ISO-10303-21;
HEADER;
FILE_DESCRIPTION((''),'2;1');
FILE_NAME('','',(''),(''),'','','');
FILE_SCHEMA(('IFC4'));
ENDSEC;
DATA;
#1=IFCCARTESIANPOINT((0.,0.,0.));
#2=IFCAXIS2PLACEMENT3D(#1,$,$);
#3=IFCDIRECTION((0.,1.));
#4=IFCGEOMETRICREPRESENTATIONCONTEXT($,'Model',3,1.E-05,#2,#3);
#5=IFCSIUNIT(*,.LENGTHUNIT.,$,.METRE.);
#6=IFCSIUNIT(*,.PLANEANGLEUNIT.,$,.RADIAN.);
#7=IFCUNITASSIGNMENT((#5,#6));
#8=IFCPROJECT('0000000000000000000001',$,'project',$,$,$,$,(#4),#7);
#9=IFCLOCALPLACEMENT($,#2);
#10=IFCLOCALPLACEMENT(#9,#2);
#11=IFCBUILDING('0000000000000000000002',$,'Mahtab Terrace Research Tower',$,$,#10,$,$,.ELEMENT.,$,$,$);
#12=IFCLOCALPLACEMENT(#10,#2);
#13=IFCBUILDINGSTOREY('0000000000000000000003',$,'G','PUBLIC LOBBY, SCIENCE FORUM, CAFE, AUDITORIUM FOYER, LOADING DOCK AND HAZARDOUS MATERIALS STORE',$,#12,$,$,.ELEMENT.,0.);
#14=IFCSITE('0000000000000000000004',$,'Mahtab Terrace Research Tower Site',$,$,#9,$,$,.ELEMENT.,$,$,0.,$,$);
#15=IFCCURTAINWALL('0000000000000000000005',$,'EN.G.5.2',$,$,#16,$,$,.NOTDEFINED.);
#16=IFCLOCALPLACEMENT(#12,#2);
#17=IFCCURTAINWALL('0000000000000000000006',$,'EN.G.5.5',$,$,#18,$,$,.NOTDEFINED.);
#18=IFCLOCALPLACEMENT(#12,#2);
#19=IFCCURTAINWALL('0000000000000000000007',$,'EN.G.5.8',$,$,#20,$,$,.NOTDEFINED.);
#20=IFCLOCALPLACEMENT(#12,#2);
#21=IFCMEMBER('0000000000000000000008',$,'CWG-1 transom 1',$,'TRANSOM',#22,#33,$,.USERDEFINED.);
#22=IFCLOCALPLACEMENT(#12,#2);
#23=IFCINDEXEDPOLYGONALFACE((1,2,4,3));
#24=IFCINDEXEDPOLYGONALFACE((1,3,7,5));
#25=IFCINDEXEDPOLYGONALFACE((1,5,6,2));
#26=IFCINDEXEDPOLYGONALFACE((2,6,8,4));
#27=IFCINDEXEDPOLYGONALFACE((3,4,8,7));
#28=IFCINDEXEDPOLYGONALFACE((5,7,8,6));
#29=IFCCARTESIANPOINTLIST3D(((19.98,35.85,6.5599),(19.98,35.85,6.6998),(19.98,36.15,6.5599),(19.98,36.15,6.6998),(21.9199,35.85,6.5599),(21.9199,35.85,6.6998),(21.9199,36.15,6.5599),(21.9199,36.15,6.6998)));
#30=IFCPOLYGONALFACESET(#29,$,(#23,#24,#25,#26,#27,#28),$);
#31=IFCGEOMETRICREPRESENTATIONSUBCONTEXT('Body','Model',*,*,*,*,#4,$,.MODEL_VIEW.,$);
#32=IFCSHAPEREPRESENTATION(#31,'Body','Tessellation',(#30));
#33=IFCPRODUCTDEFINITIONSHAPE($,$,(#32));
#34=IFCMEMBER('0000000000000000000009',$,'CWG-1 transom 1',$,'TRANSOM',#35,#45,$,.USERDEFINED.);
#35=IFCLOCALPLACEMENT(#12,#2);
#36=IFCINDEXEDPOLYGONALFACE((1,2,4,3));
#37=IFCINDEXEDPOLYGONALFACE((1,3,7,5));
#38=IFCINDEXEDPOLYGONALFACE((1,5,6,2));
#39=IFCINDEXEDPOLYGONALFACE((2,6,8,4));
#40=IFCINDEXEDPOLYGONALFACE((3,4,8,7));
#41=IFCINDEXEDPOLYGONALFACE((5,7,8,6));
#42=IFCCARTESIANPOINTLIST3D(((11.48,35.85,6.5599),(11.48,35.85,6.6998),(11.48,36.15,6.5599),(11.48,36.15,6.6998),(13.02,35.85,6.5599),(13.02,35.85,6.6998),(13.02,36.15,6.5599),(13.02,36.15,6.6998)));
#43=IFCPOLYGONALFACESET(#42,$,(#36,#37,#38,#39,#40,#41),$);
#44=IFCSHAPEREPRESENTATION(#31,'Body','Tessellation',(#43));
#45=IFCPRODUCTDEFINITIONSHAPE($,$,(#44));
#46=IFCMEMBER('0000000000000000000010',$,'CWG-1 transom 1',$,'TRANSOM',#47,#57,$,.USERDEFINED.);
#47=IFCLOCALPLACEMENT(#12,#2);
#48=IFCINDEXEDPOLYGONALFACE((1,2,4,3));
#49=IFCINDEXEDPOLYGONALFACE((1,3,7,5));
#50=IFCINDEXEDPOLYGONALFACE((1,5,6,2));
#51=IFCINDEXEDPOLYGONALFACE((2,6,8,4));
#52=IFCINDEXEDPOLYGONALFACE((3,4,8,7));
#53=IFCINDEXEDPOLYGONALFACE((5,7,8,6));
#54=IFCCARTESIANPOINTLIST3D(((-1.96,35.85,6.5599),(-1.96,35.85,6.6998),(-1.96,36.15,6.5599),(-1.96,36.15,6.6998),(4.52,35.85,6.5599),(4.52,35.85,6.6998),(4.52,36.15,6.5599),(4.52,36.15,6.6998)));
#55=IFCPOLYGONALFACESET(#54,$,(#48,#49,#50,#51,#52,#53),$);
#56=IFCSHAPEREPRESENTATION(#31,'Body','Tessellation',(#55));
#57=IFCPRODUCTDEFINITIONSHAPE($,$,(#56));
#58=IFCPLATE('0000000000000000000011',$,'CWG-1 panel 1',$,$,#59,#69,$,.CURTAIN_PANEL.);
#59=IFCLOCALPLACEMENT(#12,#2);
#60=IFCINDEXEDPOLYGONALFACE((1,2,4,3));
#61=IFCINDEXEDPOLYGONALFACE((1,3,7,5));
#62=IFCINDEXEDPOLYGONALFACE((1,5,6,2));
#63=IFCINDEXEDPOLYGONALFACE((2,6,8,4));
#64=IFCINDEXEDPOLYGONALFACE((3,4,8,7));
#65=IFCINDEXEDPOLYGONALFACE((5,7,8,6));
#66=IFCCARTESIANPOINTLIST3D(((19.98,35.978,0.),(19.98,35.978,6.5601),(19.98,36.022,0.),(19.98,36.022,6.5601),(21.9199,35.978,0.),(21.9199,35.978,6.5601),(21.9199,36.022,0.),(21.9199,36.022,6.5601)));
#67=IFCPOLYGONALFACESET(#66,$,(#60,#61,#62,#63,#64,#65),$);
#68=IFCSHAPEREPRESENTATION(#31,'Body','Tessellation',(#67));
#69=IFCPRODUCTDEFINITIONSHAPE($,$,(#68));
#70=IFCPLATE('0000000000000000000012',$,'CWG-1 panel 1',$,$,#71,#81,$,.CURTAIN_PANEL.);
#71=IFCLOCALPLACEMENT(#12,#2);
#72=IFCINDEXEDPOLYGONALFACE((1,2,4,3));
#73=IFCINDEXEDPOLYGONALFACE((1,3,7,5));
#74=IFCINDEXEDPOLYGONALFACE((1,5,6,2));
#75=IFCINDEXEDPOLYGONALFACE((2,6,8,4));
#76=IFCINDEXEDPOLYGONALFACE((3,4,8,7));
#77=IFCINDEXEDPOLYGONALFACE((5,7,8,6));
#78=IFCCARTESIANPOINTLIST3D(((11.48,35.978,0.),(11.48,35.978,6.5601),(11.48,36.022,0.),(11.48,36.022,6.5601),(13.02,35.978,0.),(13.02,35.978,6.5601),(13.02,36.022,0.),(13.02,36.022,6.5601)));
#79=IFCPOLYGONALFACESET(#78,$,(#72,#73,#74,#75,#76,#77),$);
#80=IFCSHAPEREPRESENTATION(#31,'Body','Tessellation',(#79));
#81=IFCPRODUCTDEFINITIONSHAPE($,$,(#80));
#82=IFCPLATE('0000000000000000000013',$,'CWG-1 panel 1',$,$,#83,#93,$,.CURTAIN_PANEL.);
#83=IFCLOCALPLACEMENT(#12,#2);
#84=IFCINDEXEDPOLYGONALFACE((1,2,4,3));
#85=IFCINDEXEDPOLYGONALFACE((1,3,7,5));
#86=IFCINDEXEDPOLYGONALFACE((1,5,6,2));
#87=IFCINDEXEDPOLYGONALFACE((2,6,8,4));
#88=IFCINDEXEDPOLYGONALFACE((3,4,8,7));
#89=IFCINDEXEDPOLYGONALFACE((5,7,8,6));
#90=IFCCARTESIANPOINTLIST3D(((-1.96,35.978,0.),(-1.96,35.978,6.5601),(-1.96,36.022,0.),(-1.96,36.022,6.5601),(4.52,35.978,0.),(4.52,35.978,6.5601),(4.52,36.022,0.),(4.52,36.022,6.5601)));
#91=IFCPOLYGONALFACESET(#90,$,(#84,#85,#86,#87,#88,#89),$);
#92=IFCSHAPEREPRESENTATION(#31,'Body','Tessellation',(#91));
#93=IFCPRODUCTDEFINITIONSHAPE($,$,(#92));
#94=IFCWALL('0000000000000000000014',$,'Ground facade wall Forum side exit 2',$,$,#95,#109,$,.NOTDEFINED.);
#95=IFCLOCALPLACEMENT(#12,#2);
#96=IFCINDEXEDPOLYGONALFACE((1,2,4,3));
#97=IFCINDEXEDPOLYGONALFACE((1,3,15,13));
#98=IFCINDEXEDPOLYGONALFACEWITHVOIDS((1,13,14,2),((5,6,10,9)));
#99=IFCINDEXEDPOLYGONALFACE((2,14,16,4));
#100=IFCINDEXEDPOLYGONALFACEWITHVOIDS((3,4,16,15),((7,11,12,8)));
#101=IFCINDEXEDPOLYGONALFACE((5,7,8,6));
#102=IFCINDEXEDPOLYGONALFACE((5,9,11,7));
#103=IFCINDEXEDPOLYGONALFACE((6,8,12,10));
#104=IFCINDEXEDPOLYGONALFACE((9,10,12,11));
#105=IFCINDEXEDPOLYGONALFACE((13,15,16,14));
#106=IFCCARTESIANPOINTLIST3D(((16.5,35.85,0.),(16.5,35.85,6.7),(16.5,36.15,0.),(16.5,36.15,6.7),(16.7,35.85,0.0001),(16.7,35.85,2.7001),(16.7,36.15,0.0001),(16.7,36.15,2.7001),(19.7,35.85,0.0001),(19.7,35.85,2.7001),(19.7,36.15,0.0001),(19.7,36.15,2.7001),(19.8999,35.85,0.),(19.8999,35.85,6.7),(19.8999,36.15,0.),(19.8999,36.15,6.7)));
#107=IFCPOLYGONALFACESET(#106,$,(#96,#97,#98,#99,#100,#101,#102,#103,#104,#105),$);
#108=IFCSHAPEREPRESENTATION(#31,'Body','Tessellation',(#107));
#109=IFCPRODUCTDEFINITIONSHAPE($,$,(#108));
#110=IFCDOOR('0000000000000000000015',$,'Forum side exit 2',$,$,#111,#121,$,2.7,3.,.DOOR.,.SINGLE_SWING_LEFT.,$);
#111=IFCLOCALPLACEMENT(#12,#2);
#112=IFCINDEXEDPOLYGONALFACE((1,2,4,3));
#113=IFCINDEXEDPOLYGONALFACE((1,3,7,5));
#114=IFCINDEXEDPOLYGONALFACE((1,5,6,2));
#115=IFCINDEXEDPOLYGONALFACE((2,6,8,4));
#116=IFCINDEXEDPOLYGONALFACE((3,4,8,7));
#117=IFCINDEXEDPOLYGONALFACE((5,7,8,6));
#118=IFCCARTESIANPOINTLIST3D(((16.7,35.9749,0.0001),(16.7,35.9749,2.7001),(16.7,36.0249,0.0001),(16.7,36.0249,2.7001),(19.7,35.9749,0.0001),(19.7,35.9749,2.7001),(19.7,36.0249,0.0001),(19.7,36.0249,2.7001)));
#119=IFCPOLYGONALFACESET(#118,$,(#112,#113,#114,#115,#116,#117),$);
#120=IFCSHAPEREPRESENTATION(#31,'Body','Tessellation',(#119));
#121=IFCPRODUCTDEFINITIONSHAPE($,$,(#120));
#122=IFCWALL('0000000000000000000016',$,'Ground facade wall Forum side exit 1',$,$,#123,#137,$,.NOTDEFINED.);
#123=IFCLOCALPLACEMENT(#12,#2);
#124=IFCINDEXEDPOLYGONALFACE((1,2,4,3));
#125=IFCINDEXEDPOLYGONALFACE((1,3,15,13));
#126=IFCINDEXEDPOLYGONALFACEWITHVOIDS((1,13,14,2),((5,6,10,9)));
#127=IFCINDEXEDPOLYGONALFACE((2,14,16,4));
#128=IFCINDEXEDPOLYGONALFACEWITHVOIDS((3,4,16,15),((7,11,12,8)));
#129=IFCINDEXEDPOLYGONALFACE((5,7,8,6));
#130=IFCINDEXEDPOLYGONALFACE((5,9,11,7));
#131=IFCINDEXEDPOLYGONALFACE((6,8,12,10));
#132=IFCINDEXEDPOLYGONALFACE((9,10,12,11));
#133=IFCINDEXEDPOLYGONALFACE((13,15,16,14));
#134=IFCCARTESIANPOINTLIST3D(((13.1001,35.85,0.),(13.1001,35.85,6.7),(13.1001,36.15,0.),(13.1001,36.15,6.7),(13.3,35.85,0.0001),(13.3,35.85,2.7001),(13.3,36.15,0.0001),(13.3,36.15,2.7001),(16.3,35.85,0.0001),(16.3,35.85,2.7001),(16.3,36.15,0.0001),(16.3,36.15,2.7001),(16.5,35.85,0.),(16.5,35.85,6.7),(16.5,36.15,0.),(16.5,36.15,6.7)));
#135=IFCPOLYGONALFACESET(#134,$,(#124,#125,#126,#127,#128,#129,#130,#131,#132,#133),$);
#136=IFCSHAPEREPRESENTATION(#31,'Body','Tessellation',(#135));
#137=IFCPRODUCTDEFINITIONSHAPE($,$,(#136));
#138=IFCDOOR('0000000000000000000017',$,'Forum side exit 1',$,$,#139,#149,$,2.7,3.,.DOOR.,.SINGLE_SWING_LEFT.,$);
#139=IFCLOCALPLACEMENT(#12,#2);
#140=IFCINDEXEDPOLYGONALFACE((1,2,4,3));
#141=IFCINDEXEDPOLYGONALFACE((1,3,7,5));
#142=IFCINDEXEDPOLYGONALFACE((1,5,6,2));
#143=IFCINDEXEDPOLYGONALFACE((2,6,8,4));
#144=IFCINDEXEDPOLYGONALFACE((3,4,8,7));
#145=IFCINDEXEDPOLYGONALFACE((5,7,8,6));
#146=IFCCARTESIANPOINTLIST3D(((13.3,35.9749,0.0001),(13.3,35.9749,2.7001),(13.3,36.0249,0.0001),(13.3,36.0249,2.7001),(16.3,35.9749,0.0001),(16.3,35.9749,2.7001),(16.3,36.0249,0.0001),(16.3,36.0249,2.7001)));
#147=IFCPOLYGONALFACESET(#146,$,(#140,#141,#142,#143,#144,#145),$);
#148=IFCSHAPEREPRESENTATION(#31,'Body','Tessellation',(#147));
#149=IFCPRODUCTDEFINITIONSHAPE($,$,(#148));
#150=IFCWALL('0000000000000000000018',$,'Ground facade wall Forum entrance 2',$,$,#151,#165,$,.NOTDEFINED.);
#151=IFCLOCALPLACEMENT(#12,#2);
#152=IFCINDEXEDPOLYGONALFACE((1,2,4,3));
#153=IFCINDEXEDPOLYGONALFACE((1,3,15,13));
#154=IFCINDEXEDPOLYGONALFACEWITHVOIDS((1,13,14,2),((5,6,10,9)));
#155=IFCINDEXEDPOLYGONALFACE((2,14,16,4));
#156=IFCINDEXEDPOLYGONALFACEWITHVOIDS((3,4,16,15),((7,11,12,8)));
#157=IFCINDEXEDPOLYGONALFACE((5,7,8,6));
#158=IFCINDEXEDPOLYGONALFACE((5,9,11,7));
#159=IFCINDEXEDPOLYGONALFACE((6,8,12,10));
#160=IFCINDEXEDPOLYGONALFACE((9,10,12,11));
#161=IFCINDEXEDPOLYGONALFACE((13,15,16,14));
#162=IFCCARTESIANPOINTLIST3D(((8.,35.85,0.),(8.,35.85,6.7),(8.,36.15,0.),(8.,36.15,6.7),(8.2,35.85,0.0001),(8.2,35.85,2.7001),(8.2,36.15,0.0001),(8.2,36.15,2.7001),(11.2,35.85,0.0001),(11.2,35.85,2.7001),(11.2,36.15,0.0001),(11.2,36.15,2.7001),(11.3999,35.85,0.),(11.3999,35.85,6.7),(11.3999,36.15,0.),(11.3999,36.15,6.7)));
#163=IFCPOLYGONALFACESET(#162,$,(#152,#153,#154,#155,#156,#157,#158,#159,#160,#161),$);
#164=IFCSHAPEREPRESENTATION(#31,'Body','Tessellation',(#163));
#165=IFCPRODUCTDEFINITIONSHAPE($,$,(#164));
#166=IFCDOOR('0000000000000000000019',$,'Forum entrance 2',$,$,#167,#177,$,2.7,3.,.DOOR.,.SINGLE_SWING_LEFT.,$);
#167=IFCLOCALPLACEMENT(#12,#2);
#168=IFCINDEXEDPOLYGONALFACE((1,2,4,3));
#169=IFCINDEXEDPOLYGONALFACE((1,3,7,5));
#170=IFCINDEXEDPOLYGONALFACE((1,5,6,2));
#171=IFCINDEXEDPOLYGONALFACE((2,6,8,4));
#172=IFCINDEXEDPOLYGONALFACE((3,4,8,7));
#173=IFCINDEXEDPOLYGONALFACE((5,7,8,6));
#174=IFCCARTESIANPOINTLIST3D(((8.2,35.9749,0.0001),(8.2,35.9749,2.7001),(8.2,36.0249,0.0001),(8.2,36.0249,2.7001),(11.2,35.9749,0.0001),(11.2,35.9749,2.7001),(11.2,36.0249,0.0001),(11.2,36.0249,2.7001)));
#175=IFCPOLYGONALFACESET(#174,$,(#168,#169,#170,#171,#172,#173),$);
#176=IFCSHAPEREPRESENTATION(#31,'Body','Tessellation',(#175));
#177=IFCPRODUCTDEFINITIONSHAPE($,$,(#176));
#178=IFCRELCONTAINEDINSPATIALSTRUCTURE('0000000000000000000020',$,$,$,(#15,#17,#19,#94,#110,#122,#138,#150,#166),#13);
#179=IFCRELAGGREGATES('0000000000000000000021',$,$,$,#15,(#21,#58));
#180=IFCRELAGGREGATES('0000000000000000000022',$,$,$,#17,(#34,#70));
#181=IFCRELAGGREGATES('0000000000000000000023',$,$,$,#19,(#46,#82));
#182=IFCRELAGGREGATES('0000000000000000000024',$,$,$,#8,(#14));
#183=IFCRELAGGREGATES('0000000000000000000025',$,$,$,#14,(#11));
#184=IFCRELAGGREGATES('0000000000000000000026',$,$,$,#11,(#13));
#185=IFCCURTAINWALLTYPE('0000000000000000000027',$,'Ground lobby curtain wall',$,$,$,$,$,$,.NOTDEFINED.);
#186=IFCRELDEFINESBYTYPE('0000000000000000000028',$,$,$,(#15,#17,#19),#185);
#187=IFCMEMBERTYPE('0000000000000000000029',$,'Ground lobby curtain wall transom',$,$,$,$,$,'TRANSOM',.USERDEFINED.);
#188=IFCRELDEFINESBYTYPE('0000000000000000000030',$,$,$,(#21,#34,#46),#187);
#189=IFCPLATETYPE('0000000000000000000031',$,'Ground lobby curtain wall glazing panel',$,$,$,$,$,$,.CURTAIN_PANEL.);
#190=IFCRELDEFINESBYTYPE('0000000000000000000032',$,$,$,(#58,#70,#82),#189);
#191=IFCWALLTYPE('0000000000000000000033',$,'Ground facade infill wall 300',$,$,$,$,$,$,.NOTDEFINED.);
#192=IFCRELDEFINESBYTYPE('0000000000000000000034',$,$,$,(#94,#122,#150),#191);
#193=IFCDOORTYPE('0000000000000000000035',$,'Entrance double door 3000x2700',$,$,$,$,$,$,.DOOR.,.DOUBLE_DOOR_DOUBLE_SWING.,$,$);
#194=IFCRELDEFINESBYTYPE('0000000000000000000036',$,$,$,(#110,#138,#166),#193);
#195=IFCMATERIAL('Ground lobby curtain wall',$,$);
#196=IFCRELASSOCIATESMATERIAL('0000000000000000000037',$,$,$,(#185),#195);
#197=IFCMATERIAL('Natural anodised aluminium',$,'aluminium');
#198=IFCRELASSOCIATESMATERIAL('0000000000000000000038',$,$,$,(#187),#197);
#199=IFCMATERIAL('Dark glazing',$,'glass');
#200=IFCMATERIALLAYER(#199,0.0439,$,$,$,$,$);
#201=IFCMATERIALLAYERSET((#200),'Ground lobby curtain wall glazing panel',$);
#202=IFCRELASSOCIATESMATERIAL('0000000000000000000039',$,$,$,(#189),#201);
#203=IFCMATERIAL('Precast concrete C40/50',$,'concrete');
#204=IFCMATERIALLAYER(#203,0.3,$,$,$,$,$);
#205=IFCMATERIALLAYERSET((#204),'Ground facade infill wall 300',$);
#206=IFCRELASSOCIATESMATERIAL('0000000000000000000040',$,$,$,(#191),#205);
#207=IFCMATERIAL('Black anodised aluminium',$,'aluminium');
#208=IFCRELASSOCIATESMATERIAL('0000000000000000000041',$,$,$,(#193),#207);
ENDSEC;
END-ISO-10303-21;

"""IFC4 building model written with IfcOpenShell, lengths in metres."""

from ifc_helpers import new_model, si_unit, direction, frame, frame_2d, origin, origin_2d, place, context, subcontext, project, spatial, rectangle, extrude, material, layer, layer_set, material_profile, profile_set, type_object, element, fill, aggregate, save


model = new_model("IFC4")

# Units and contexts
model_context = context("Model", 3, precision=1e-05, world=origin(), true_north=direction((0.0, 1.0)))
body_context = subcontext(model_context, "Body", "Model", "MODEL_VIEW")
ifc_project = project(units=[si_unit("LENGTHUNIT", "METRE"), si_unit("PLANEANGLEUNIT", "RADIAN")], contexts=[model_context])

# Site, building, storey
site_placement = place(None, origin())
site = spatial("IfcSite", under=ifc_project, at=site_placement, Name="Mahtab Terrace Research Tower Site", CompositionType="ELEMENT", RefElevation=0.0)
building_placement = place(site_placement, origin())
building = spatial("IfcBuilding", under=site, at=building_placement, Name="Mahtab Terrace Research Tower", CompositionType="ELEMENT")
storey_placement = place(building_placement, origin())
storey = spatial("IfcBuildingStorey", under=building, at=storey_placement, Name="G", Description="PUBLIC LOBBY, SCIENCE FORUM, CAFE, AUDITORIUM FOYER, LOADING DOCK AND HAZARDOUS MATERIALS STORE", CompositionType="ELEMENT", Elevation=0.0)

# Curtain walls
ifc_material_1 = material(Name="Ground lobby curtain wall")
curtain_wall_type = type_object("IfcCurtainWallType", Name="Ground lobby curtain wall", PredefinedType="NOTDEFINED", material=ifc_material_1)
curtain_wall_1_placement = place(storey_placement, origin())
curtain_wall_1 = element("IfcCurtainWall", 1, at=curtain_wall_1_placement, inside=storey, type_object=curtain_wall_type, Name="EN.G.5.2", PredefinedType="NOTDEFINED")
ifc_material_2 = material(Name="Natural anodised aluminium", Category="aluminium")
curtain_wall_2_placement = place(storey_placement, origin())
curtain_wall_2 = element("IfcCurtainWall", 2, at=curtain_wall_2_placement, inside=storey, type_object=curtain_wall_type, Name="EN.G.5.5", PredefinedType="NOTDEFINED")

# Curtain wall
curtain_wall_3_placement = place(storey_placement, origin())
curtain_wall_3 = element("IfcCurtainWall", 3, at=curtain_wall_3_placement, inside=storey, type_object=curtain_wall_type, Name="EN.G.5.8", PredefinedType="NOTDEFINED")

# Members
ifc_material_profile_1 = material_profile(ifc_material_2, rectangle(XDim=0.3, YDim=0.1399, at=origin_2d()), Name="TRANSOM 140x300")
ifc_profile_set_1 = profile_set([ifc_material_profile_1], Name="Natural anodised aluminium")
member_type_1 = type_object("IfcMemberType", Name="Ground lobby curtain wall transom", ElementType="TRANSOM", PredefinedType="USERDEFINED", material=ifc_profile_set_1)
member_1_placement = place(storey_placement, frame((21.9199, 36.0, 6.6299), z_axis=(-1.0, 0.0, 0.0), x_axis=(0.0, -1.0, 0.0)))
member_1 = element("IfcMember", 4, at=member_1_placement, type_object=member_type_1, Name="CWG-1 transom 1", ObjectType="TRANSOM", PredefinedType="USERDEFINED", context=body_context, shape_type="SweptSolid", body=[
    extrude(rectangle(XDim=0.3, YDim=0.1399, at=origin_2d()), origin(), (0.0, 0.0, 1.0), 1.9399),
])
member_2_placement = place(storey_placement, frame((13.02, 36.0, 6.6299), z_axis=(-1.0, 0.0, 0.0), x_axis=(0.0, -1.0, 0.0)))
member_2 = element("IfcMember", 5, at=member_2_placement, type_object=member_type_1, Name="CWG-1 transom 1", ObjectType="TRANSOM", PredefinedType="USERDEFINED", context=body_context, shape_type="SweptSolid", body=[
    extrude(rectangle(XDim=0.3, YDim=0.1399, at=origin_2d()), origin(), (0.0, 0.0, 1.0), 1.54),
])
member_3_placement = place(storey_placement, frame((4.52, 36.0, 6.6299), z_axis=(-1.0, 0.0, 0.0), x_axis=(0.0, -1.0, 0.0)))
member_3 = element("IfcMember", 6, at=member_3_placement, type_object=member_type_1, Name="CWG-1 transom 1", ObjectType="TRANSOM", PredefinedType="USERDEFINED", context=body_context, shape_type="SweptSolid", body=[
    extrude(rectangle(XDim=0.3, YDim=0.1399, at=origin_2d()), origin(), (0.0, 0.0, 1.0), 6.48),
])

# Plates
ifc_material_3 = material(Name="Dark glazing", Category="glass")
ifc_layer_1 = layer(ifc_material_3, 0.0439)
ifc_layer_set_1 = layer_set([ifc_layer_1], Name="Ground lobby curtain wall glazing panel")
plate_type = type_object("IfcPlateType", Name="Ground lobby curtain wall glazing panel", PredefinedType="CURTAIN_PANEL", material=ifc_layer_set_1)
plate_1_placement = place(storey_placement, frame((20.95, 36.0, 0.0), z_axis=(0.0, 0.0, 1.0), x_axis=(-1.0, 0.0, 0.0)))
plate_1 = element("IfcPlate", 7, at=plate_1_placement, type_object=plate_type, Name="CWG-1 panel 1", PredefinedType="CURTAIN_PANEL", context=body_context, shape_type="SweptSolid", body=[
    extrude(rectangle(XDim=1.9399, YDim=0.0439, at=origin_2d()), origin(), (0.0, 0.0, 1.0), 6.5601),
])
aggregate(curtain_wall_1, [member_1, plate_1])
plate_2_placement = place(storey_placement, frame((12.25, 36.0, 0.0), z_axis=(0.0, 0.0, 1.0), x_axis=(-1.0, 0.0, 0.0)))
plate_2 = element("IfcPlate", 8, at=plate_2_placement, type_object=plate_type, Name="CWG-1 panel 1", PredefinedType="CURTAIN_PANEL", context=body_context, shape_type="SweptSolid", body=[
    extrude(rectangle(XDim=1.54, YDim=0.0439, at=origin_2d()), origin(), (0.0, 0.0, 1.0), 6.5601),
])
aggregate(curtain_wall_2, [member_2, plate_2])
plate_3_placement = place(storey_placement, frame((1.28, 36.0, 0.0), z_axis=(0.0, 0.0, 1.0), x_axis=(-1.0, 0.0, 0.0)))
plate_3 = element("IfcPlate", 9, at=plate_3_placement, type_object=plate_type, Name="CWG-1 panel 1", PredefinedType="CURTAIN_PANEL", context=body_context, shape_type="SweptSolid", body=[
    extrude(rectangle(XDim=6.48, YDim=0.0439, at=origin_2d()), origin(), (0.0, 0.0, 1.0), 6.5601),
])
aggregate(curtain_wall_3, [member_3, plate_3])

# Walls, openings, doors
ifc_material_4 = material(Name="Precast concrete C40/50", Category="concrete")
ifc_layer_2 = layer(ifc_material_4, 0.3)
ifc_layer_set_2 = layer_set([ifc_layer_2], Name="Ground facade infill wall 300")
wall_type = type_object("IfcWallType", Name="Ground facade infill wall 300", PredefinedType="NOTDEFINED", material=ifc_layer_set_2)
wall_1_placement = place(storey_placement, frame((16.5, 36.0, 0.0), z_axis=(0.0, 0.0, 1.0), x_axis=(1.0, 0.0, 0.0)))
wall_1 = element("IfcWall", 10, at=wall_1_placement, inside=storey, type_object=wall_type, Name="Ground facade wall Forum side exit 2", PredefinedType="NOTDEFINED", context=body_context, shape_type="SweptSolid", body=[
    extrude(rectangle(XDim=3.3999, YDim=0.3, at=frame_2d((1.7, 0.0))), origin(), (0.0, 0.0, 1.0), 6.7),
])
opening_1_placement = place(wall_1_placement, frame((0.2, 0.0, 0.0)))
opening_1 = element("IfcOpeningElement", 11, at=opening_1_placement, cuts=wall_1, PredefinedType="OPENING", context=body_context, shape_type="SweptSolid", body=[
    extrude(rectangle(XDim=3.0, YDim=2.7, at=frame_2d((1.5, 1.3501))), frame((0.0, 0.1599, 0.0), z_axis=(0.0, -1.0, 0.0), x_axis=(1.0, 0.0, 0.0)), (0.0, 0.0, 1.0), 0.3201),
])
ifc_material_5 = material(Name="Black anodised aluminium", Category="aluminium")
door_type = type_object("IfcDoorType", Name="Entrance double door 3000x2700", OperationType="DOUBLE_DOOR_DOUBLE_SWING", PredefinedType="DOOR", material=ifc_material_5)
door_1_placement = place(opening_1_placement, origin())
door_1 = element("IfcDoor", 12, at=door_1_placement, inside=storey, type_object=door_type, Name="Forum side exit 2", OperationType="SINGLE_SWING_LEFT", OverallHeight=2.7, OverallWidth=3.0, PredefinedType="DOOR", context=body_context, shape_type="SweptSolid", body=[
    extrude(rectangle(XDim=3.0, YDim=2.7, at=frame_2d((1.5, 1.3501))), frame((0.0, 0.0249, 0.0), z_axis=(0.0, -1.0, 0.0), x_axis=(1.0, 0.0, 0.0)), (0.0, 0.0, 1.0), 0.05),
])
fill(opening_1, door_1)
wall_2_placement = place(storey_placement, frame((13.1001, 36.0, 0.0), z_axis=(0.0, 0.0, 1.0), x_axis=(1.0, 0.0, 0.0)))
wall_2 = element("IfcWall", 13, at=wall_2_placement, inside=storey, type_object=wall_type, Name="Ground facade wall Forum side exit 1", PredefinedType="NOTDEFINED", context=body_context, shape_type="SweptSolid", body=[
    extrude(rectangle(XDim=3.3999, YDim=0.3, at=frame_2d((1.7, 0.0))), origin(), (0.0, 0.0, 1.0), 6.7),
])
opening_2_placement = place(wall_2_placement, frame((0.2, 0.0, 0.0)))
opening_2 = element("IfcOpeningElement", 14, at=opening_2_placement, cuts=wall_2, PredefinedType="OPENING", context=body_context, shape_type="SweptSolid", body=[
    extrude(rectangle(XDim=3.0, YDim=2.7, at=frame_2d((1.5, 1.3501))), frame((0.0, 0.1599, 0.0), z_axis=(0.0, -1.0, 0.0), x_axis=(1.0, 0.0, 0.0)), (0.0, 0.0, 1.0), 0.3201),
])
door_2_placement = place(opening_2_placement, origin())
door_2 = element("IfcDoor", 15, at=door_2_placement, inside=storey, type_object=door_type, Name="Forum side exit 1", OperationType="SINGLE_SWING_LEFT", OverallHeight=2.7, OverallWidth=3.0, PredefinedType="DOOR", context=body_context, shape_type="SweptSolid", body=[
    extrude(rectangle(XDim=3.0, YDim=2.7, at=frame_2d((1.5, 1.3501))), frame((0.0, 0.0249, 0.0), z_axis=(0.0, -1.0, 0.0), x_axis=(1.0, 0.0, 0.0)), (0.0, 0.0, 1.0), 0.05),
])
fill(opening_2, door_2)
wall_3_placement = place(storey_placement, frame((8.0, 36.0, 0.0), z_axis=(0.0, 0.0, 1.0), x_axis=(1.0, 0.0, 0.0)))
wall_3 = element("IfcWall", 16, at=wall_3_placement, inside=storey, type_object=wall_type, Name="Ground facade wall Forum entrance 2", PredefinedType="NOTDEFINED", context=body_context, shape_type="SweptSolid", body=[
    extrude(rectangle(XDim=3.3999, YDim=0.3, at=frame_2d((1.7, 0.0))), origin(), (0.0, 0.0, 1.0), 6.7),
])
opening_3_placement = place(wall_3_placement, frame((0.2, 0.0, 0.0)))
opening_3 = element("IfcOpeningElement", 17, at=opening_3_placement, cuts=wall_3, PredefinedType="OPENING", context=body_context, shape_type="SweptSolid", body=[
    extrude(rectangle(XDim=3.0, YDim=2.7, at=frame_2d((1.5, 1.3501))), frame((0.0, 0.1599, 0.0), z_axis=(0.0, -1.0, 0.0), x_axis=(1.0, 0.0, 0.0)), (0.0, 0.0, 1.0), 0.3201),
])
door_3_placement = place(opening_3_placement, origin())
door_3 = element("IfcDoor", 18, at=door_3_placement, inside=storey, type_object=door_type, Name="Forum entrance 2", OperationType="SINGLE_SWING_LEFT", OverallHeight=2.7, OverallWidth=3.0, PredefinedType="DOOR", context=body_context, shape_type="SweptSolid", body=[
    extrude(rectangle(XDim=3.0, YDim=2.7, at=frame_2d((1.5, 1.3501))), frame((0.0, 0.0249, 0.0), z_axis=(0.0, -1.0, 0.0), x_axis=(1.0, 0.0, 0.0)), (0.0, 0.0, 1.0), 0.05),
])
fill(opening_3, door_3)

save(model, "model.ifc")
